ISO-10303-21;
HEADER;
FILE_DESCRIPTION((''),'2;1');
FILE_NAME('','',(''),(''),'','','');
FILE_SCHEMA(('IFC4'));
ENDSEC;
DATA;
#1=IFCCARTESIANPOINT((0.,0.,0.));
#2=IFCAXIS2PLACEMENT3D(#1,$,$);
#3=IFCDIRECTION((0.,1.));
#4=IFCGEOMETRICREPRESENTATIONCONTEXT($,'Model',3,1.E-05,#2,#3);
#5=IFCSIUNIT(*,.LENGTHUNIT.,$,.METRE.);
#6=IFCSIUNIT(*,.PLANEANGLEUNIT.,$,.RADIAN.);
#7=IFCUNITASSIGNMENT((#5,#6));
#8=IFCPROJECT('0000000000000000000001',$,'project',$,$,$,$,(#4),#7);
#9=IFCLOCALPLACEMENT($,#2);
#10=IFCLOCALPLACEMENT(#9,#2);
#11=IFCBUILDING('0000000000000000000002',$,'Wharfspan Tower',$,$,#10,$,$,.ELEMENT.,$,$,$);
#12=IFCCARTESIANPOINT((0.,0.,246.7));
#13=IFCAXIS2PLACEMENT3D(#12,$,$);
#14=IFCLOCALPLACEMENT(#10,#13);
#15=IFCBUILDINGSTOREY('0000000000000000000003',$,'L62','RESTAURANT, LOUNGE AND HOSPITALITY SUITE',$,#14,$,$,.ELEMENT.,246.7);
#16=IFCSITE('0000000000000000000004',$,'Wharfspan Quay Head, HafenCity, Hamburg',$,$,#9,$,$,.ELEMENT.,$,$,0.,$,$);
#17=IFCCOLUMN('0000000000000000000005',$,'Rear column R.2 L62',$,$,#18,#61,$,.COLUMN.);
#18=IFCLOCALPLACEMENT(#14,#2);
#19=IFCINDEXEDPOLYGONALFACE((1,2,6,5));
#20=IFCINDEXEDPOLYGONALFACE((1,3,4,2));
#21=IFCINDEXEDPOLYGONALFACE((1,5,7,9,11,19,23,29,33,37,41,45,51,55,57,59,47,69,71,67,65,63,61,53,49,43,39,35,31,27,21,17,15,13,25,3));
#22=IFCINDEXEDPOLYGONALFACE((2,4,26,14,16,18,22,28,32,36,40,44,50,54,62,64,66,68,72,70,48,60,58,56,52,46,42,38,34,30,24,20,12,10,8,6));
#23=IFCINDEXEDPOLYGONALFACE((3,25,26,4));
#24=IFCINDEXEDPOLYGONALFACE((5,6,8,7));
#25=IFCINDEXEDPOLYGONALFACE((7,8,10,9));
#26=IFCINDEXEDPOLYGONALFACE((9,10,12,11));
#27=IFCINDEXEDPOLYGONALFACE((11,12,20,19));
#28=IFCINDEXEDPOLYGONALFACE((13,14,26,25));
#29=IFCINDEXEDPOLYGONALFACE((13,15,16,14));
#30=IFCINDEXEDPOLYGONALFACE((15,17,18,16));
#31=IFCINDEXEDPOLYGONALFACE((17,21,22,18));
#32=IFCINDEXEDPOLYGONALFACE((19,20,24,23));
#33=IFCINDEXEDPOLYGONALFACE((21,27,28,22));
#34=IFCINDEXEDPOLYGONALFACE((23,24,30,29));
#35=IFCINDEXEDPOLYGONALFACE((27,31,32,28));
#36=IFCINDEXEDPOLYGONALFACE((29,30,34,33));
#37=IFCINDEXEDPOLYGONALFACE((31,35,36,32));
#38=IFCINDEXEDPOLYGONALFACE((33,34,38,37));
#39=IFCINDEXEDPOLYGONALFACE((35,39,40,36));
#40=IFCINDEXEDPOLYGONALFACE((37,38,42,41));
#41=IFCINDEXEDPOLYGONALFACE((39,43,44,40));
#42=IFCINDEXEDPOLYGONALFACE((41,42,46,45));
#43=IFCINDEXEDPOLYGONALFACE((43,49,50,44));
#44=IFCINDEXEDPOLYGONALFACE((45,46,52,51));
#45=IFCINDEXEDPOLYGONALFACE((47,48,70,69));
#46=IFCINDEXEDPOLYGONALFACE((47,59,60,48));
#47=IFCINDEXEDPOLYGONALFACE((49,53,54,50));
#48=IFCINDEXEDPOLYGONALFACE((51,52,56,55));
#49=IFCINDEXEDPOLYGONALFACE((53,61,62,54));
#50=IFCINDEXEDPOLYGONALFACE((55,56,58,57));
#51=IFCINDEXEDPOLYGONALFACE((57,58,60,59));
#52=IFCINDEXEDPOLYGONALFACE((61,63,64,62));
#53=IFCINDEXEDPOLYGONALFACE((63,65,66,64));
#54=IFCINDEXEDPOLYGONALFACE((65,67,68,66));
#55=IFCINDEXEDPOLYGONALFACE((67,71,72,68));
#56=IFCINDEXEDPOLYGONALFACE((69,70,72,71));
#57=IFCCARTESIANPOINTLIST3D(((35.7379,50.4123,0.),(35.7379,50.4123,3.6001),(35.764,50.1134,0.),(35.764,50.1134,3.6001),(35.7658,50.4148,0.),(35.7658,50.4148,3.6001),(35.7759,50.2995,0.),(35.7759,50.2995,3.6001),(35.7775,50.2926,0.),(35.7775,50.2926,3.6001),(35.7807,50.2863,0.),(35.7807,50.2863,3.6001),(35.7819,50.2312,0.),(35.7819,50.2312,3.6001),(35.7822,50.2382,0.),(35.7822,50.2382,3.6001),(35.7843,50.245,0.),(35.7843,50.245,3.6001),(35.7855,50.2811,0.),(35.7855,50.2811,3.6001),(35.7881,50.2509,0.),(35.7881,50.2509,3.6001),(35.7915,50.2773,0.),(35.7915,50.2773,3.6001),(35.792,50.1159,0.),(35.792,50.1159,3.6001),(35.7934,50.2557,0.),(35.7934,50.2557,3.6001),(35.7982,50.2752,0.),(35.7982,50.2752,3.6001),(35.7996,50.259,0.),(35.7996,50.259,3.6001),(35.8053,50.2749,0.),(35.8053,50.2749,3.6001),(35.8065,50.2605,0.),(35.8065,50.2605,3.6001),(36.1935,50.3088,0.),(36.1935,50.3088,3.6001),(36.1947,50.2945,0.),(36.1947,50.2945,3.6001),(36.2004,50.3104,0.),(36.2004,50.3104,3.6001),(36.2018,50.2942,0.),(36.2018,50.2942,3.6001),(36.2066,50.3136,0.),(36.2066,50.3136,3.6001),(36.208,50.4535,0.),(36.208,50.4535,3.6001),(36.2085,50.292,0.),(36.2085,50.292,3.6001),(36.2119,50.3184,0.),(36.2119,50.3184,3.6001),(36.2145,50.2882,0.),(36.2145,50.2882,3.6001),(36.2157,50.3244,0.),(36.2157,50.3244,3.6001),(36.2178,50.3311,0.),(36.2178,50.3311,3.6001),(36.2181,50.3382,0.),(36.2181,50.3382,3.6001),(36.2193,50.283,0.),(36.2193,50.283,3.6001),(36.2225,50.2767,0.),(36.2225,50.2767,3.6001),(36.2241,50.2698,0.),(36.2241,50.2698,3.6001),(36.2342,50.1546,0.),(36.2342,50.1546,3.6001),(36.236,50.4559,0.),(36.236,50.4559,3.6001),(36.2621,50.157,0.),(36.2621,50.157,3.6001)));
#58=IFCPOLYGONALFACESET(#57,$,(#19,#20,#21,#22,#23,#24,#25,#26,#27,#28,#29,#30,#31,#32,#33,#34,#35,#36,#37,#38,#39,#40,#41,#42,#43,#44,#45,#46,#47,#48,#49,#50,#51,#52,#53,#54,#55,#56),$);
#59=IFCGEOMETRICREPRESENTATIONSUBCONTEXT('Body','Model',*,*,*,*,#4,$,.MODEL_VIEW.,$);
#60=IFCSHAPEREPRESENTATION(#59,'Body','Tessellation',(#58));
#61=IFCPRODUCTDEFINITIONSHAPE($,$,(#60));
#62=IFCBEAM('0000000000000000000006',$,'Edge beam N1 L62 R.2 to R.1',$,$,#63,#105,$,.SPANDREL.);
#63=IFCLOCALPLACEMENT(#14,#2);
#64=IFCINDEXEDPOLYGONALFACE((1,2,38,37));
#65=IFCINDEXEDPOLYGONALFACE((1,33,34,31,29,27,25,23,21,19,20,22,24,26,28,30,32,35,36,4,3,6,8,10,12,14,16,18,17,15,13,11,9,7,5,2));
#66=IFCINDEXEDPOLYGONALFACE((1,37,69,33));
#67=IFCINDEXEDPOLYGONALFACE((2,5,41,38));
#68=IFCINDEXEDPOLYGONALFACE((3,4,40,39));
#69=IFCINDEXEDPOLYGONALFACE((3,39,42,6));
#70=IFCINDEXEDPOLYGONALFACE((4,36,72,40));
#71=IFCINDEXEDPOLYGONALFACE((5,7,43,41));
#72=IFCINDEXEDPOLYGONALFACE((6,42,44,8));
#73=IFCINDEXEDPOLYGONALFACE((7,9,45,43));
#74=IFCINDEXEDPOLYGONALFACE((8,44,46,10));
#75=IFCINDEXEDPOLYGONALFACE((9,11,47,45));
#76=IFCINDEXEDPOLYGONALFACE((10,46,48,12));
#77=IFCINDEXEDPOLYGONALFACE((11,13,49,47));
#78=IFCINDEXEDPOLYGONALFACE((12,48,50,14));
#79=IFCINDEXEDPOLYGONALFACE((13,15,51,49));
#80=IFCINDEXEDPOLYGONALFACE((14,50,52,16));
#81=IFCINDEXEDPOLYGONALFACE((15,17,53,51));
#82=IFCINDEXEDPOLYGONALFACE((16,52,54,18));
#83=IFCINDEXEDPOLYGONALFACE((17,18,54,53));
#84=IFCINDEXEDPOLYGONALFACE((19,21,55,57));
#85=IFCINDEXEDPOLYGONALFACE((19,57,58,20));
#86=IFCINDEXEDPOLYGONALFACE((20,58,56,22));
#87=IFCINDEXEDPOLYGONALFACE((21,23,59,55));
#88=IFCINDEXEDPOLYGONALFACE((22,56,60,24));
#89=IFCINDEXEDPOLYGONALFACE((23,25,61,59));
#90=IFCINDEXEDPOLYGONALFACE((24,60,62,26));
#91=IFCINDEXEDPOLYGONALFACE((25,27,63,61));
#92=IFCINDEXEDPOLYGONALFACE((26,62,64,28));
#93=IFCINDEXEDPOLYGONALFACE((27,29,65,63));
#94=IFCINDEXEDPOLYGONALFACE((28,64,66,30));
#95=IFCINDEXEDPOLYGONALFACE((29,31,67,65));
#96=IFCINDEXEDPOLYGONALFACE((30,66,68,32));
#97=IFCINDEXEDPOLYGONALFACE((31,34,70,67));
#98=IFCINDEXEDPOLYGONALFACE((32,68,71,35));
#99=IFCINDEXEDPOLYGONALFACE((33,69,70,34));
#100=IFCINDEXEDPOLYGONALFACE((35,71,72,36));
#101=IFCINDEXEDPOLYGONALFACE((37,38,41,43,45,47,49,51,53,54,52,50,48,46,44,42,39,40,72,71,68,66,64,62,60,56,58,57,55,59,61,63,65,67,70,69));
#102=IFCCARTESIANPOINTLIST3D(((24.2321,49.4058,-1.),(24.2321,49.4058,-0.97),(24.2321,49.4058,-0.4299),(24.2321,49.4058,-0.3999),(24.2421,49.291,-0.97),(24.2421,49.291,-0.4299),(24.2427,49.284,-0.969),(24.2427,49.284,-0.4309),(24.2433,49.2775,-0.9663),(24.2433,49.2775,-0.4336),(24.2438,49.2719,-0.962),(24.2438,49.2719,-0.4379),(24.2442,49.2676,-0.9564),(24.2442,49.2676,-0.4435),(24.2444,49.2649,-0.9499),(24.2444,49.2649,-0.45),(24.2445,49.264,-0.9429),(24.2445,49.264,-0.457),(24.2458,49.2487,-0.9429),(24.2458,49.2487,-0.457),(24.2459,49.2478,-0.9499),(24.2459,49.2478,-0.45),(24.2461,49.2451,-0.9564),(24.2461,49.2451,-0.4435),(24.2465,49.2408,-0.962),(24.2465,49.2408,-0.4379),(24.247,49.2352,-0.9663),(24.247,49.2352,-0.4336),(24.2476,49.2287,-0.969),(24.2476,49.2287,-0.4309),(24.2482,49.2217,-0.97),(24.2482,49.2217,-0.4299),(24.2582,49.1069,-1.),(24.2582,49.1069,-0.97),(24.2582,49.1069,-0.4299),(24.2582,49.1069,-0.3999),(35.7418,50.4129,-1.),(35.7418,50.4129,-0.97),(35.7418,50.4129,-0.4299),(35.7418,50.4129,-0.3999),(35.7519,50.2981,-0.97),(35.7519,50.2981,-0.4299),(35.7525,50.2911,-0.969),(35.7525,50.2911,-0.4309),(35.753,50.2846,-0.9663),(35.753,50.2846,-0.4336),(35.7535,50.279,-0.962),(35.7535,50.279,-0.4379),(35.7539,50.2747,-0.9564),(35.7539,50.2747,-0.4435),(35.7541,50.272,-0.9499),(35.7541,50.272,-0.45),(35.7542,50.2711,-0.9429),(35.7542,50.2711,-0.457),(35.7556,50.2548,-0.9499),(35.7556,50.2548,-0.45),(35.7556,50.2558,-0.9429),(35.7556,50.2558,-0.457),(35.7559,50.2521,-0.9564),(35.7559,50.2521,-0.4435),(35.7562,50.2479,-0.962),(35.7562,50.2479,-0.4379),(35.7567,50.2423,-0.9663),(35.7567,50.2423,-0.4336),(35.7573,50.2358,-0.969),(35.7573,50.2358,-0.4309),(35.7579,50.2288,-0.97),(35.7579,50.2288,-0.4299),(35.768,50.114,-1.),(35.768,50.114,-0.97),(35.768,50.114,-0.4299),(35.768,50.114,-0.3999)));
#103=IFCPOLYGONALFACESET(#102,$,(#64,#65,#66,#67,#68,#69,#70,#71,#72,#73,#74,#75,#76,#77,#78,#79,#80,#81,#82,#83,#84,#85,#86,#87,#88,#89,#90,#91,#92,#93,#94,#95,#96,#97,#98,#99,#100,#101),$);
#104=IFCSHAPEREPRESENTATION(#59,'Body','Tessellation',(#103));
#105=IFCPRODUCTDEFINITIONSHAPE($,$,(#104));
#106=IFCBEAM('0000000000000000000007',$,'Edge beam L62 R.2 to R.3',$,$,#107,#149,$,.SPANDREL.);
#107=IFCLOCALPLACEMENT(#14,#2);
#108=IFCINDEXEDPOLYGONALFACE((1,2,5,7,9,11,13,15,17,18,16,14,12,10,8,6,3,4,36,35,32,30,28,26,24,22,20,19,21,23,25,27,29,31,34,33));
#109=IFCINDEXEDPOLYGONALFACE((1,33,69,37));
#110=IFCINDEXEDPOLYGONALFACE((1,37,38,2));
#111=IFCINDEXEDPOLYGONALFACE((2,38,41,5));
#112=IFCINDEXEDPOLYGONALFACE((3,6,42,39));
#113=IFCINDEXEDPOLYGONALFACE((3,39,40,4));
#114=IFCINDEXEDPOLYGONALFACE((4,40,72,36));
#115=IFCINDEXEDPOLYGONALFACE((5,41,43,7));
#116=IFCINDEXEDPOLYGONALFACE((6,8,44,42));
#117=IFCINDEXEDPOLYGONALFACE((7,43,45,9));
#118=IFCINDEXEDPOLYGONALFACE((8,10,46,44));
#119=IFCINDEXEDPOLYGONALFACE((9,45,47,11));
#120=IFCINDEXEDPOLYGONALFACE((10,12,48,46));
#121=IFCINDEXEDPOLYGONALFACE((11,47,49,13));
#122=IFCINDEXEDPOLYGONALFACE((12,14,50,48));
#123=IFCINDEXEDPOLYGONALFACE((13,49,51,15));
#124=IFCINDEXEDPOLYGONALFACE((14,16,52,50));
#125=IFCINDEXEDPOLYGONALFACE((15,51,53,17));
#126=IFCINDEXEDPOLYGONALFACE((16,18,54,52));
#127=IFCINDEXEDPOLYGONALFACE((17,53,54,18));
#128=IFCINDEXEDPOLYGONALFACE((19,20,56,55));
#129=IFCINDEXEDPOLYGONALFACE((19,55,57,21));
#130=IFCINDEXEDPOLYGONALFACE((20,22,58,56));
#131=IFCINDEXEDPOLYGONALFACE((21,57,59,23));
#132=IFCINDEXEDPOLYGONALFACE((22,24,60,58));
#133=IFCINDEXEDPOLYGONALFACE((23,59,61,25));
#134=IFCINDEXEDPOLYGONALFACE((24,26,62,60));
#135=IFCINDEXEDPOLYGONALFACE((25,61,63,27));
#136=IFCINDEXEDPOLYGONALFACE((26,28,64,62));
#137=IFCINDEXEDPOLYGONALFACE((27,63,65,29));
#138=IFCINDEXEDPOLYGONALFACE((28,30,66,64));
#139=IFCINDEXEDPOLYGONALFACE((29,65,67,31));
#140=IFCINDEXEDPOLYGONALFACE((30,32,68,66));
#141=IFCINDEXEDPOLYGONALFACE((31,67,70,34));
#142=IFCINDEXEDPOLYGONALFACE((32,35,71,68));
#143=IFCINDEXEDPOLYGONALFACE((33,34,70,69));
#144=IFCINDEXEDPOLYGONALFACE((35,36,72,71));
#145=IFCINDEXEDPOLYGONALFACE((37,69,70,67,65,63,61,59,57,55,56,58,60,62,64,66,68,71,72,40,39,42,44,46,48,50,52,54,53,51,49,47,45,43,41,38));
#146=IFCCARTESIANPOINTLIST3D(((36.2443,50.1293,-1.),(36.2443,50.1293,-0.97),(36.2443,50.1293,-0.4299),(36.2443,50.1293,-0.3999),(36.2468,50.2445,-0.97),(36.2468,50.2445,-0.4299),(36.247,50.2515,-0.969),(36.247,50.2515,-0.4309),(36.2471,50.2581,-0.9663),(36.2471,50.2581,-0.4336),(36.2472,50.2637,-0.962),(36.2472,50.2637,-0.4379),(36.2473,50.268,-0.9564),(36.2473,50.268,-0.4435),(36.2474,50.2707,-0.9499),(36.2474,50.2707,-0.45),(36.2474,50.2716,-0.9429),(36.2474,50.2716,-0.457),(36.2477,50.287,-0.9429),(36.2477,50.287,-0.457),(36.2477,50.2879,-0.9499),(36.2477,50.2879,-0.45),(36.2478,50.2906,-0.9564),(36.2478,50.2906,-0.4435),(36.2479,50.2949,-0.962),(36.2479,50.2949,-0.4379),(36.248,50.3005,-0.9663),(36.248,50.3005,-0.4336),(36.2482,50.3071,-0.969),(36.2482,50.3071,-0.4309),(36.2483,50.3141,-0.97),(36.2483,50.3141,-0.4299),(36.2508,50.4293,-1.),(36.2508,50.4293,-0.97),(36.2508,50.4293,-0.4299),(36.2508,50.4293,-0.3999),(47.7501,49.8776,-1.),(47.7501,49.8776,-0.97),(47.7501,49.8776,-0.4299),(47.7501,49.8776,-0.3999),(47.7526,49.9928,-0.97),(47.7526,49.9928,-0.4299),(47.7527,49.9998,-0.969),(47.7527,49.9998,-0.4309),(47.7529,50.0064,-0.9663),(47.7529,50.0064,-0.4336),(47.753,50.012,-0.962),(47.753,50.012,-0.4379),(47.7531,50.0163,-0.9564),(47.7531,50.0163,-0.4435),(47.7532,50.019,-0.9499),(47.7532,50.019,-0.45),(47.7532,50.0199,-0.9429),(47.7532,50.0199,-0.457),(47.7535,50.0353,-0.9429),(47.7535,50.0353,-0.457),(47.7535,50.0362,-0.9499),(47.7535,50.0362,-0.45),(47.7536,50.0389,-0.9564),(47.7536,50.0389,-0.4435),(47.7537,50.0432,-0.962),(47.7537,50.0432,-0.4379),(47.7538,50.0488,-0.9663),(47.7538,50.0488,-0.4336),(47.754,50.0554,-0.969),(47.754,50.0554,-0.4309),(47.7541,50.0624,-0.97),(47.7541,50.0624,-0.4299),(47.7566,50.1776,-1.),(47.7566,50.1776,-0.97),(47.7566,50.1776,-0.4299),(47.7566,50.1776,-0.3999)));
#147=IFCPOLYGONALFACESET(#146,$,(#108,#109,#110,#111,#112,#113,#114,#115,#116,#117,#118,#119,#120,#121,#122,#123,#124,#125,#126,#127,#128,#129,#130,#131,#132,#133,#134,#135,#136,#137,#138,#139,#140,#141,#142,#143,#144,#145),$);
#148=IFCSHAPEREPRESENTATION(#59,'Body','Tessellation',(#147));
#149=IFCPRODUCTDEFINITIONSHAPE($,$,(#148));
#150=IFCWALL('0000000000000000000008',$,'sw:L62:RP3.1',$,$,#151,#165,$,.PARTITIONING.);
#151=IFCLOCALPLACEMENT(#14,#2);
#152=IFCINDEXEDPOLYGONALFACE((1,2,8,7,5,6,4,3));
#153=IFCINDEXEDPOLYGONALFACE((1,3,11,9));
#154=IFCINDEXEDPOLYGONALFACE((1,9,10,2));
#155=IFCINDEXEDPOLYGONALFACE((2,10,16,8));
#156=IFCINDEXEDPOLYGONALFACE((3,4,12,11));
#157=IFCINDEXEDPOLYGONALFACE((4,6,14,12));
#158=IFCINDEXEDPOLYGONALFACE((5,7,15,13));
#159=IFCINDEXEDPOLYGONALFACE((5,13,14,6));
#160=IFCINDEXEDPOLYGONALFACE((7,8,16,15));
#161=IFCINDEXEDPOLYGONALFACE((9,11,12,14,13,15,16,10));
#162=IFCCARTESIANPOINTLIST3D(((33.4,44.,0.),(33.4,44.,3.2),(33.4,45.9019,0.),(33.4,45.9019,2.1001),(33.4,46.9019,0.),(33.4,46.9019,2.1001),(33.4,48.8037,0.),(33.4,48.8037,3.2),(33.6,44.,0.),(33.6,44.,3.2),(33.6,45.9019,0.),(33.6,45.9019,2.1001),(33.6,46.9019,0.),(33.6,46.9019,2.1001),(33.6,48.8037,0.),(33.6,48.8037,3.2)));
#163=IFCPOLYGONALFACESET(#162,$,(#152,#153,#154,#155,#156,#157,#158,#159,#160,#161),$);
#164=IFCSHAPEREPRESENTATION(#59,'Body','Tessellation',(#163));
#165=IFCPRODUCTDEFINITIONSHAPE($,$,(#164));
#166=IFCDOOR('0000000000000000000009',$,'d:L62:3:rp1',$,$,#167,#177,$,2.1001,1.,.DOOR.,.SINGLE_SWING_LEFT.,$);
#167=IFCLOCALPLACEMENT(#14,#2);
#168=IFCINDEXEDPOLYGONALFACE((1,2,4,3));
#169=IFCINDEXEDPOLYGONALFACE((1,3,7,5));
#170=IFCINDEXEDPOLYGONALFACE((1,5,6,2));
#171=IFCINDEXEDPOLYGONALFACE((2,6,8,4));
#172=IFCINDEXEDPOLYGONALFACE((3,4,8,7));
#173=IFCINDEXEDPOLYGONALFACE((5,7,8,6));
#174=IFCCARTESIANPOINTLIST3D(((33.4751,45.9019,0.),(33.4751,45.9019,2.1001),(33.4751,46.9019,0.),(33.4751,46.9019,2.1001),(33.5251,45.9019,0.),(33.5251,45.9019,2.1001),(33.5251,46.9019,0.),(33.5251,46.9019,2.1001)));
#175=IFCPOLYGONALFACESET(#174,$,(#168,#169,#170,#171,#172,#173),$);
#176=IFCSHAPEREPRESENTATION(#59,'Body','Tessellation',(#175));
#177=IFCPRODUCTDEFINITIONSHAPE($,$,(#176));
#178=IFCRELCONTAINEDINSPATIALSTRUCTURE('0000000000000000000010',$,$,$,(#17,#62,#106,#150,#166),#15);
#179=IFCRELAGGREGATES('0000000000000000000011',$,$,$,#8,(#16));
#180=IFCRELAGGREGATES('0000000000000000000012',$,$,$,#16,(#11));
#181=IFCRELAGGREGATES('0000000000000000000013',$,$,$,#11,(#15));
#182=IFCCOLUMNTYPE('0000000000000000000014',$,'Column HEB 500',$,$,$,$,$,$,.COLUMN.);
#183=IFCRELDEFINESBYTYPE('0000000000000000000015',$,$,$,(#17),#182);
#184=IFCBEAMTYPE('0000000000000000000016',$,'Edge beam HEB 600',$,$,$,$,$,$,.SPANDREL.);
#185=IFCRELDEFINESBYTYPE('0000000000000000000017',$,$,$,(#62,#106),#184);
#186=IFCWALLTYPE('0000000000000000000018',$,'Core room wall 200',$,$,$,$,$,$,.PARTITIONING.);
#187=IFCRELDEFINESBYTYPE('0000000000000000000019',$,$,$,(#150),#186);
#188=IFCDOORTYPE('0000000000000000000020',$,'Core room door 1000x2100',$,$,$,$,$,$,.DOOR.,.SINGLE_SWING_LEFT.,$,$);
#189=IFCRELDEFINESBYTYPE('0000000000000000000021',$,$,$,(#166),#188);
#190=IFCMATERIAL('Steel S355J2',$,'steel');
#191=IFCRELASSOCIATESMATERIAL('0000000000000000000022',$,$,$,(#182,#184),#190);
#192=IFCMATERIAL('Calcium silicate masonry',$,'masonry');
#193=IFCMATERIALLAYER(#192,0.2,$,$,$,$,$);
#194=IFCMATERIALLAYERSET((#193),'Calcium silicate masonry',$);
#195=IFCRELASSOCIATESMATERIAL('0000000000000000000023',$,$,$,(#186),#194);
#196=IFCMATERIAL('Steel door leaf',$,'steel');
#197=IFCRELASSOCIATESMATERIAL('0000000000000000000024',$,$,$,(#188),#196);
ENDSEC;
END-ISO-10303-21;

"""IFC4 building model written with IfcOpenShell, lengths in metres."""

from ifc_helpers import new_model, si_unit, direction, frame, frame_2d, origin, origin_2d, place, context, subcontext, project, spatial, rectangle, i_section, extrude, material, layer, layer_set, material_profile, profile_set, type_object, element, fill, save


model = new_model("IFC4")

# Units and contexts
model_context = context("Model", 3, precision=1e-05, world=origin(), true_north=direction((0.0, 1.0)))
body_context = subcontext(model_context, "Body", "Model", "MODEL_VIEW")
ifc_project = project(units=[si_unit("LENGTHUNIT", "METRE"), si_unit("PLANEANGLEUNIT", "RADIAN")], contexts=[model_context])

# Site, building, storey
site_placement = place(None, origin())
site = spatial("IfcSite", under=ifc_project, at=site_placement, Name="Wharfspan Quay Head, HafenCity, Hamburg", CompositionType="ELEMENT", RefElevation=0.0)
building_placement = place(site_placement, origin())
building = spatial("IfcBuilding", under=site, at=building_placement, Name="Wharfspan Tower", CompositionType="ELEMENT")
storey_placement = place(building_placement, frame((0.0, 0.0, 246.7)))
storey = spatial("IfcBuildingStorey", under=building, at=storey_placement, Name="L62", Description="RESTAURANT, LOUNGE AND HOSPITALITY SUITE", CompositionType="ELEMENT", Elevation=246.7)

# Column
ifc_material_1 = material(Name="Steel S355J2", Category="steel")
ifc_material_profile_1 = material_profile(ifc_material_1, i_section(OverallWidth=0.3, OverallDepth=0.5, WebThickness=0.0144, FlangeThickness=0.0281, FilletRadius=0.0271, at=origin_2d()))
ifc_profile_set_1 = profile_set([ifc_material_profile_1], Name="Steel S355J2")
column_type = type_object("IfcColumnType", Name="Column HEB 500", PredefinedType="COLUMN", material=ifc_profile_set_1)
column_placement = place(storey_placement, frame((36.0, 50.2847, 0.0), z_axis=(0.0, 0.0, 1.0), x_axis=(-0.087156, 0.996197, 0.0)))
element("IfcColumn", 1, at=column_placement, inside=storey, type_object=column_type, Name="Rear column R.2 L62", PredefinedType="COLUMN", context=body_context, shape_type="SweptSolid", body=[
    extrude(i_section(OverallWidth=0.3, OverallDepth=0.5, WebThickness=0.0144, FlangeThickness=0.0281, FilletRadius=0.0271, at=origin_2d()), origin(), (0.0, 0.0, 1.0), 3.6001),
])

# Beams
ifc_material_profile_2 = material_profile(ifc_material_1, i_section(OverallWidth=0.3, OverallDepth=0.6001, WebThickness=0.0154, FlangeThickness=0.03, FilletRadius=0.0271, at=origin_2d()))
ifc_profile_set_2 = profile_set([ifc_material_profile_2], Name="Steel S355J2")
beam_type = type_object("IfcBeamType", Name="Edge beam HEB 600", PredefinedType="SPANDREL", material=ifc_profile_set_2)
beam_1_placement = place(storey_placement, frame((35.7549, 50.2634, -0.7), z_axis=(-0.996194, -0.087165, 0.0), x_axis=(0.087165, -0.996194, 0.0)))
element("IfcBeam", 2, at=beam_1_placement, inside=storey, type_object=beam_type, Name="Edge beam N1 L62 R.2 to R.1", PredefinedType="SPANDREL", context=body_context, shape_type="SweptSolid", body=[
    extrude(i_section(OverallWidth=0.3, OverallDepth=0.6001, WebThickness=0.0154, FlangeThickness=0.03, FilletRadius=0.0271, at=origin_2d()), origin(), (0.0, 0.0, 1.0), 11.5537),
])
beam_2_placement = place(storey_placement, frame((36.2476, 50.2793, -0.7), z_axis=(0.999761, -0.021871, 0.0), x_axis=(0.021871, 0.999761, 0.0)))
element("IfcBeam", 3, at=beam_2_placement, inside=storey, type_object=beam_type, Name="Edge beam L62 R.2 to R.3", PredefinedType="SPANDREL", context=body_context, shape_type="SweptSolid", body=[
    extrude(i_section(OverallWidth=0.3, OverallDepth=0.6001, WebThickness=0.0154, FlangeThickness=0.03, FilletRadius=0.0271, at=origin_2d()), origin(), (0.0, 0.0, 1.0), 11.5085),
])

# Wall, opening, door
ifc_material_2 = material(Name="Calcium silicate masonry", Category="masonry")
ifc_layer_1 = layer(ifc_material_2, 0.2)
ifc_layer_set_1 = layer_set([ifc_layer_1], Name="Calcium silicate masonry")
wall_type_1 = type_object("IfcWallType", Name="Core room wall 200", PredefinedType="PARTITIONING", material=ifc_layer_set_1)
wall_1_placement = place(storey_placement, frame((33.5, 44.0, 0.0), z_axis=(0.0, 0.0, 1.0), x_axis=(0.0, 1.0, 0.0)))
wall_1 = element("IfcWall", 4, at=wall_1_placement, inside=storey, type_object=wall_type_1, Name="sw:L62:RP3.1", PredefinedType="PARTITIONING", context=body_context, shape_type="SweptSolid", body=[
    extrude(rectangle(XDim=4.8037, YDim=0.2, at=frame_2d((2.4019, 0.0))), origin(), (0.0, 0.0, 1.0), 3.2),
])
opening_1_placement = place(wall_1_placement, frame((1.9019, 0.0, 0.0)))
opening_1 = element("IfcOpeningElement", 5, at=opening_1_placement, cuts=wall_1, PredefinedType="OPENING", context=body_context, shape_type="SweptSolid", body=[
    extrude(rectangle(XDim=1.0, YDim=2.1001, at=frame_2d((0.5, 1.05))), frame((0.0, 0.1099, 0.0), z_axis=(0.0, -1.0, 0.0), x_axis=(1.0, 0.0, 0.0)), (0.0, 0.0, 1.0), 0.22),
])
ifc_material_3 = material(Name="Steel door leaf", Category="steel")
door_type_1 = type_object("IfcDoorType", Name="Core room door 1000x2100", OperationType="SINGLE_SWING_LEFT", PredefinedType="DOOR", material=ifc_material_3)
door_1_placement = place(opening_1_placement, origin())
door_1 = element("IfcDoor", 6, at=door_1_placement, inside=storey, type_object=door_type_1, Name="d:L62:3:rp1", OperationType="SINGLE_SWING_LEFT", OverallHeight=2.1001, OverallWidth=1.0, PredefinedType="DOOR", context=body_context, shape_type="SweptSolid", body=[
    extrude(rectangle(XDim=1.0, YDim=2.1001, at=frame_2d((0.5, 1.05))), frame((0.0, 0.0249, 0.0), z_axis=(0.0, -1.0, 0.0), x_axis=(1.0, 0.0, 0.0)), (0.0, 0.0, 1.0), 0.05),
])
fill(opening_1, door_1)

save(model, "model.ifc")
